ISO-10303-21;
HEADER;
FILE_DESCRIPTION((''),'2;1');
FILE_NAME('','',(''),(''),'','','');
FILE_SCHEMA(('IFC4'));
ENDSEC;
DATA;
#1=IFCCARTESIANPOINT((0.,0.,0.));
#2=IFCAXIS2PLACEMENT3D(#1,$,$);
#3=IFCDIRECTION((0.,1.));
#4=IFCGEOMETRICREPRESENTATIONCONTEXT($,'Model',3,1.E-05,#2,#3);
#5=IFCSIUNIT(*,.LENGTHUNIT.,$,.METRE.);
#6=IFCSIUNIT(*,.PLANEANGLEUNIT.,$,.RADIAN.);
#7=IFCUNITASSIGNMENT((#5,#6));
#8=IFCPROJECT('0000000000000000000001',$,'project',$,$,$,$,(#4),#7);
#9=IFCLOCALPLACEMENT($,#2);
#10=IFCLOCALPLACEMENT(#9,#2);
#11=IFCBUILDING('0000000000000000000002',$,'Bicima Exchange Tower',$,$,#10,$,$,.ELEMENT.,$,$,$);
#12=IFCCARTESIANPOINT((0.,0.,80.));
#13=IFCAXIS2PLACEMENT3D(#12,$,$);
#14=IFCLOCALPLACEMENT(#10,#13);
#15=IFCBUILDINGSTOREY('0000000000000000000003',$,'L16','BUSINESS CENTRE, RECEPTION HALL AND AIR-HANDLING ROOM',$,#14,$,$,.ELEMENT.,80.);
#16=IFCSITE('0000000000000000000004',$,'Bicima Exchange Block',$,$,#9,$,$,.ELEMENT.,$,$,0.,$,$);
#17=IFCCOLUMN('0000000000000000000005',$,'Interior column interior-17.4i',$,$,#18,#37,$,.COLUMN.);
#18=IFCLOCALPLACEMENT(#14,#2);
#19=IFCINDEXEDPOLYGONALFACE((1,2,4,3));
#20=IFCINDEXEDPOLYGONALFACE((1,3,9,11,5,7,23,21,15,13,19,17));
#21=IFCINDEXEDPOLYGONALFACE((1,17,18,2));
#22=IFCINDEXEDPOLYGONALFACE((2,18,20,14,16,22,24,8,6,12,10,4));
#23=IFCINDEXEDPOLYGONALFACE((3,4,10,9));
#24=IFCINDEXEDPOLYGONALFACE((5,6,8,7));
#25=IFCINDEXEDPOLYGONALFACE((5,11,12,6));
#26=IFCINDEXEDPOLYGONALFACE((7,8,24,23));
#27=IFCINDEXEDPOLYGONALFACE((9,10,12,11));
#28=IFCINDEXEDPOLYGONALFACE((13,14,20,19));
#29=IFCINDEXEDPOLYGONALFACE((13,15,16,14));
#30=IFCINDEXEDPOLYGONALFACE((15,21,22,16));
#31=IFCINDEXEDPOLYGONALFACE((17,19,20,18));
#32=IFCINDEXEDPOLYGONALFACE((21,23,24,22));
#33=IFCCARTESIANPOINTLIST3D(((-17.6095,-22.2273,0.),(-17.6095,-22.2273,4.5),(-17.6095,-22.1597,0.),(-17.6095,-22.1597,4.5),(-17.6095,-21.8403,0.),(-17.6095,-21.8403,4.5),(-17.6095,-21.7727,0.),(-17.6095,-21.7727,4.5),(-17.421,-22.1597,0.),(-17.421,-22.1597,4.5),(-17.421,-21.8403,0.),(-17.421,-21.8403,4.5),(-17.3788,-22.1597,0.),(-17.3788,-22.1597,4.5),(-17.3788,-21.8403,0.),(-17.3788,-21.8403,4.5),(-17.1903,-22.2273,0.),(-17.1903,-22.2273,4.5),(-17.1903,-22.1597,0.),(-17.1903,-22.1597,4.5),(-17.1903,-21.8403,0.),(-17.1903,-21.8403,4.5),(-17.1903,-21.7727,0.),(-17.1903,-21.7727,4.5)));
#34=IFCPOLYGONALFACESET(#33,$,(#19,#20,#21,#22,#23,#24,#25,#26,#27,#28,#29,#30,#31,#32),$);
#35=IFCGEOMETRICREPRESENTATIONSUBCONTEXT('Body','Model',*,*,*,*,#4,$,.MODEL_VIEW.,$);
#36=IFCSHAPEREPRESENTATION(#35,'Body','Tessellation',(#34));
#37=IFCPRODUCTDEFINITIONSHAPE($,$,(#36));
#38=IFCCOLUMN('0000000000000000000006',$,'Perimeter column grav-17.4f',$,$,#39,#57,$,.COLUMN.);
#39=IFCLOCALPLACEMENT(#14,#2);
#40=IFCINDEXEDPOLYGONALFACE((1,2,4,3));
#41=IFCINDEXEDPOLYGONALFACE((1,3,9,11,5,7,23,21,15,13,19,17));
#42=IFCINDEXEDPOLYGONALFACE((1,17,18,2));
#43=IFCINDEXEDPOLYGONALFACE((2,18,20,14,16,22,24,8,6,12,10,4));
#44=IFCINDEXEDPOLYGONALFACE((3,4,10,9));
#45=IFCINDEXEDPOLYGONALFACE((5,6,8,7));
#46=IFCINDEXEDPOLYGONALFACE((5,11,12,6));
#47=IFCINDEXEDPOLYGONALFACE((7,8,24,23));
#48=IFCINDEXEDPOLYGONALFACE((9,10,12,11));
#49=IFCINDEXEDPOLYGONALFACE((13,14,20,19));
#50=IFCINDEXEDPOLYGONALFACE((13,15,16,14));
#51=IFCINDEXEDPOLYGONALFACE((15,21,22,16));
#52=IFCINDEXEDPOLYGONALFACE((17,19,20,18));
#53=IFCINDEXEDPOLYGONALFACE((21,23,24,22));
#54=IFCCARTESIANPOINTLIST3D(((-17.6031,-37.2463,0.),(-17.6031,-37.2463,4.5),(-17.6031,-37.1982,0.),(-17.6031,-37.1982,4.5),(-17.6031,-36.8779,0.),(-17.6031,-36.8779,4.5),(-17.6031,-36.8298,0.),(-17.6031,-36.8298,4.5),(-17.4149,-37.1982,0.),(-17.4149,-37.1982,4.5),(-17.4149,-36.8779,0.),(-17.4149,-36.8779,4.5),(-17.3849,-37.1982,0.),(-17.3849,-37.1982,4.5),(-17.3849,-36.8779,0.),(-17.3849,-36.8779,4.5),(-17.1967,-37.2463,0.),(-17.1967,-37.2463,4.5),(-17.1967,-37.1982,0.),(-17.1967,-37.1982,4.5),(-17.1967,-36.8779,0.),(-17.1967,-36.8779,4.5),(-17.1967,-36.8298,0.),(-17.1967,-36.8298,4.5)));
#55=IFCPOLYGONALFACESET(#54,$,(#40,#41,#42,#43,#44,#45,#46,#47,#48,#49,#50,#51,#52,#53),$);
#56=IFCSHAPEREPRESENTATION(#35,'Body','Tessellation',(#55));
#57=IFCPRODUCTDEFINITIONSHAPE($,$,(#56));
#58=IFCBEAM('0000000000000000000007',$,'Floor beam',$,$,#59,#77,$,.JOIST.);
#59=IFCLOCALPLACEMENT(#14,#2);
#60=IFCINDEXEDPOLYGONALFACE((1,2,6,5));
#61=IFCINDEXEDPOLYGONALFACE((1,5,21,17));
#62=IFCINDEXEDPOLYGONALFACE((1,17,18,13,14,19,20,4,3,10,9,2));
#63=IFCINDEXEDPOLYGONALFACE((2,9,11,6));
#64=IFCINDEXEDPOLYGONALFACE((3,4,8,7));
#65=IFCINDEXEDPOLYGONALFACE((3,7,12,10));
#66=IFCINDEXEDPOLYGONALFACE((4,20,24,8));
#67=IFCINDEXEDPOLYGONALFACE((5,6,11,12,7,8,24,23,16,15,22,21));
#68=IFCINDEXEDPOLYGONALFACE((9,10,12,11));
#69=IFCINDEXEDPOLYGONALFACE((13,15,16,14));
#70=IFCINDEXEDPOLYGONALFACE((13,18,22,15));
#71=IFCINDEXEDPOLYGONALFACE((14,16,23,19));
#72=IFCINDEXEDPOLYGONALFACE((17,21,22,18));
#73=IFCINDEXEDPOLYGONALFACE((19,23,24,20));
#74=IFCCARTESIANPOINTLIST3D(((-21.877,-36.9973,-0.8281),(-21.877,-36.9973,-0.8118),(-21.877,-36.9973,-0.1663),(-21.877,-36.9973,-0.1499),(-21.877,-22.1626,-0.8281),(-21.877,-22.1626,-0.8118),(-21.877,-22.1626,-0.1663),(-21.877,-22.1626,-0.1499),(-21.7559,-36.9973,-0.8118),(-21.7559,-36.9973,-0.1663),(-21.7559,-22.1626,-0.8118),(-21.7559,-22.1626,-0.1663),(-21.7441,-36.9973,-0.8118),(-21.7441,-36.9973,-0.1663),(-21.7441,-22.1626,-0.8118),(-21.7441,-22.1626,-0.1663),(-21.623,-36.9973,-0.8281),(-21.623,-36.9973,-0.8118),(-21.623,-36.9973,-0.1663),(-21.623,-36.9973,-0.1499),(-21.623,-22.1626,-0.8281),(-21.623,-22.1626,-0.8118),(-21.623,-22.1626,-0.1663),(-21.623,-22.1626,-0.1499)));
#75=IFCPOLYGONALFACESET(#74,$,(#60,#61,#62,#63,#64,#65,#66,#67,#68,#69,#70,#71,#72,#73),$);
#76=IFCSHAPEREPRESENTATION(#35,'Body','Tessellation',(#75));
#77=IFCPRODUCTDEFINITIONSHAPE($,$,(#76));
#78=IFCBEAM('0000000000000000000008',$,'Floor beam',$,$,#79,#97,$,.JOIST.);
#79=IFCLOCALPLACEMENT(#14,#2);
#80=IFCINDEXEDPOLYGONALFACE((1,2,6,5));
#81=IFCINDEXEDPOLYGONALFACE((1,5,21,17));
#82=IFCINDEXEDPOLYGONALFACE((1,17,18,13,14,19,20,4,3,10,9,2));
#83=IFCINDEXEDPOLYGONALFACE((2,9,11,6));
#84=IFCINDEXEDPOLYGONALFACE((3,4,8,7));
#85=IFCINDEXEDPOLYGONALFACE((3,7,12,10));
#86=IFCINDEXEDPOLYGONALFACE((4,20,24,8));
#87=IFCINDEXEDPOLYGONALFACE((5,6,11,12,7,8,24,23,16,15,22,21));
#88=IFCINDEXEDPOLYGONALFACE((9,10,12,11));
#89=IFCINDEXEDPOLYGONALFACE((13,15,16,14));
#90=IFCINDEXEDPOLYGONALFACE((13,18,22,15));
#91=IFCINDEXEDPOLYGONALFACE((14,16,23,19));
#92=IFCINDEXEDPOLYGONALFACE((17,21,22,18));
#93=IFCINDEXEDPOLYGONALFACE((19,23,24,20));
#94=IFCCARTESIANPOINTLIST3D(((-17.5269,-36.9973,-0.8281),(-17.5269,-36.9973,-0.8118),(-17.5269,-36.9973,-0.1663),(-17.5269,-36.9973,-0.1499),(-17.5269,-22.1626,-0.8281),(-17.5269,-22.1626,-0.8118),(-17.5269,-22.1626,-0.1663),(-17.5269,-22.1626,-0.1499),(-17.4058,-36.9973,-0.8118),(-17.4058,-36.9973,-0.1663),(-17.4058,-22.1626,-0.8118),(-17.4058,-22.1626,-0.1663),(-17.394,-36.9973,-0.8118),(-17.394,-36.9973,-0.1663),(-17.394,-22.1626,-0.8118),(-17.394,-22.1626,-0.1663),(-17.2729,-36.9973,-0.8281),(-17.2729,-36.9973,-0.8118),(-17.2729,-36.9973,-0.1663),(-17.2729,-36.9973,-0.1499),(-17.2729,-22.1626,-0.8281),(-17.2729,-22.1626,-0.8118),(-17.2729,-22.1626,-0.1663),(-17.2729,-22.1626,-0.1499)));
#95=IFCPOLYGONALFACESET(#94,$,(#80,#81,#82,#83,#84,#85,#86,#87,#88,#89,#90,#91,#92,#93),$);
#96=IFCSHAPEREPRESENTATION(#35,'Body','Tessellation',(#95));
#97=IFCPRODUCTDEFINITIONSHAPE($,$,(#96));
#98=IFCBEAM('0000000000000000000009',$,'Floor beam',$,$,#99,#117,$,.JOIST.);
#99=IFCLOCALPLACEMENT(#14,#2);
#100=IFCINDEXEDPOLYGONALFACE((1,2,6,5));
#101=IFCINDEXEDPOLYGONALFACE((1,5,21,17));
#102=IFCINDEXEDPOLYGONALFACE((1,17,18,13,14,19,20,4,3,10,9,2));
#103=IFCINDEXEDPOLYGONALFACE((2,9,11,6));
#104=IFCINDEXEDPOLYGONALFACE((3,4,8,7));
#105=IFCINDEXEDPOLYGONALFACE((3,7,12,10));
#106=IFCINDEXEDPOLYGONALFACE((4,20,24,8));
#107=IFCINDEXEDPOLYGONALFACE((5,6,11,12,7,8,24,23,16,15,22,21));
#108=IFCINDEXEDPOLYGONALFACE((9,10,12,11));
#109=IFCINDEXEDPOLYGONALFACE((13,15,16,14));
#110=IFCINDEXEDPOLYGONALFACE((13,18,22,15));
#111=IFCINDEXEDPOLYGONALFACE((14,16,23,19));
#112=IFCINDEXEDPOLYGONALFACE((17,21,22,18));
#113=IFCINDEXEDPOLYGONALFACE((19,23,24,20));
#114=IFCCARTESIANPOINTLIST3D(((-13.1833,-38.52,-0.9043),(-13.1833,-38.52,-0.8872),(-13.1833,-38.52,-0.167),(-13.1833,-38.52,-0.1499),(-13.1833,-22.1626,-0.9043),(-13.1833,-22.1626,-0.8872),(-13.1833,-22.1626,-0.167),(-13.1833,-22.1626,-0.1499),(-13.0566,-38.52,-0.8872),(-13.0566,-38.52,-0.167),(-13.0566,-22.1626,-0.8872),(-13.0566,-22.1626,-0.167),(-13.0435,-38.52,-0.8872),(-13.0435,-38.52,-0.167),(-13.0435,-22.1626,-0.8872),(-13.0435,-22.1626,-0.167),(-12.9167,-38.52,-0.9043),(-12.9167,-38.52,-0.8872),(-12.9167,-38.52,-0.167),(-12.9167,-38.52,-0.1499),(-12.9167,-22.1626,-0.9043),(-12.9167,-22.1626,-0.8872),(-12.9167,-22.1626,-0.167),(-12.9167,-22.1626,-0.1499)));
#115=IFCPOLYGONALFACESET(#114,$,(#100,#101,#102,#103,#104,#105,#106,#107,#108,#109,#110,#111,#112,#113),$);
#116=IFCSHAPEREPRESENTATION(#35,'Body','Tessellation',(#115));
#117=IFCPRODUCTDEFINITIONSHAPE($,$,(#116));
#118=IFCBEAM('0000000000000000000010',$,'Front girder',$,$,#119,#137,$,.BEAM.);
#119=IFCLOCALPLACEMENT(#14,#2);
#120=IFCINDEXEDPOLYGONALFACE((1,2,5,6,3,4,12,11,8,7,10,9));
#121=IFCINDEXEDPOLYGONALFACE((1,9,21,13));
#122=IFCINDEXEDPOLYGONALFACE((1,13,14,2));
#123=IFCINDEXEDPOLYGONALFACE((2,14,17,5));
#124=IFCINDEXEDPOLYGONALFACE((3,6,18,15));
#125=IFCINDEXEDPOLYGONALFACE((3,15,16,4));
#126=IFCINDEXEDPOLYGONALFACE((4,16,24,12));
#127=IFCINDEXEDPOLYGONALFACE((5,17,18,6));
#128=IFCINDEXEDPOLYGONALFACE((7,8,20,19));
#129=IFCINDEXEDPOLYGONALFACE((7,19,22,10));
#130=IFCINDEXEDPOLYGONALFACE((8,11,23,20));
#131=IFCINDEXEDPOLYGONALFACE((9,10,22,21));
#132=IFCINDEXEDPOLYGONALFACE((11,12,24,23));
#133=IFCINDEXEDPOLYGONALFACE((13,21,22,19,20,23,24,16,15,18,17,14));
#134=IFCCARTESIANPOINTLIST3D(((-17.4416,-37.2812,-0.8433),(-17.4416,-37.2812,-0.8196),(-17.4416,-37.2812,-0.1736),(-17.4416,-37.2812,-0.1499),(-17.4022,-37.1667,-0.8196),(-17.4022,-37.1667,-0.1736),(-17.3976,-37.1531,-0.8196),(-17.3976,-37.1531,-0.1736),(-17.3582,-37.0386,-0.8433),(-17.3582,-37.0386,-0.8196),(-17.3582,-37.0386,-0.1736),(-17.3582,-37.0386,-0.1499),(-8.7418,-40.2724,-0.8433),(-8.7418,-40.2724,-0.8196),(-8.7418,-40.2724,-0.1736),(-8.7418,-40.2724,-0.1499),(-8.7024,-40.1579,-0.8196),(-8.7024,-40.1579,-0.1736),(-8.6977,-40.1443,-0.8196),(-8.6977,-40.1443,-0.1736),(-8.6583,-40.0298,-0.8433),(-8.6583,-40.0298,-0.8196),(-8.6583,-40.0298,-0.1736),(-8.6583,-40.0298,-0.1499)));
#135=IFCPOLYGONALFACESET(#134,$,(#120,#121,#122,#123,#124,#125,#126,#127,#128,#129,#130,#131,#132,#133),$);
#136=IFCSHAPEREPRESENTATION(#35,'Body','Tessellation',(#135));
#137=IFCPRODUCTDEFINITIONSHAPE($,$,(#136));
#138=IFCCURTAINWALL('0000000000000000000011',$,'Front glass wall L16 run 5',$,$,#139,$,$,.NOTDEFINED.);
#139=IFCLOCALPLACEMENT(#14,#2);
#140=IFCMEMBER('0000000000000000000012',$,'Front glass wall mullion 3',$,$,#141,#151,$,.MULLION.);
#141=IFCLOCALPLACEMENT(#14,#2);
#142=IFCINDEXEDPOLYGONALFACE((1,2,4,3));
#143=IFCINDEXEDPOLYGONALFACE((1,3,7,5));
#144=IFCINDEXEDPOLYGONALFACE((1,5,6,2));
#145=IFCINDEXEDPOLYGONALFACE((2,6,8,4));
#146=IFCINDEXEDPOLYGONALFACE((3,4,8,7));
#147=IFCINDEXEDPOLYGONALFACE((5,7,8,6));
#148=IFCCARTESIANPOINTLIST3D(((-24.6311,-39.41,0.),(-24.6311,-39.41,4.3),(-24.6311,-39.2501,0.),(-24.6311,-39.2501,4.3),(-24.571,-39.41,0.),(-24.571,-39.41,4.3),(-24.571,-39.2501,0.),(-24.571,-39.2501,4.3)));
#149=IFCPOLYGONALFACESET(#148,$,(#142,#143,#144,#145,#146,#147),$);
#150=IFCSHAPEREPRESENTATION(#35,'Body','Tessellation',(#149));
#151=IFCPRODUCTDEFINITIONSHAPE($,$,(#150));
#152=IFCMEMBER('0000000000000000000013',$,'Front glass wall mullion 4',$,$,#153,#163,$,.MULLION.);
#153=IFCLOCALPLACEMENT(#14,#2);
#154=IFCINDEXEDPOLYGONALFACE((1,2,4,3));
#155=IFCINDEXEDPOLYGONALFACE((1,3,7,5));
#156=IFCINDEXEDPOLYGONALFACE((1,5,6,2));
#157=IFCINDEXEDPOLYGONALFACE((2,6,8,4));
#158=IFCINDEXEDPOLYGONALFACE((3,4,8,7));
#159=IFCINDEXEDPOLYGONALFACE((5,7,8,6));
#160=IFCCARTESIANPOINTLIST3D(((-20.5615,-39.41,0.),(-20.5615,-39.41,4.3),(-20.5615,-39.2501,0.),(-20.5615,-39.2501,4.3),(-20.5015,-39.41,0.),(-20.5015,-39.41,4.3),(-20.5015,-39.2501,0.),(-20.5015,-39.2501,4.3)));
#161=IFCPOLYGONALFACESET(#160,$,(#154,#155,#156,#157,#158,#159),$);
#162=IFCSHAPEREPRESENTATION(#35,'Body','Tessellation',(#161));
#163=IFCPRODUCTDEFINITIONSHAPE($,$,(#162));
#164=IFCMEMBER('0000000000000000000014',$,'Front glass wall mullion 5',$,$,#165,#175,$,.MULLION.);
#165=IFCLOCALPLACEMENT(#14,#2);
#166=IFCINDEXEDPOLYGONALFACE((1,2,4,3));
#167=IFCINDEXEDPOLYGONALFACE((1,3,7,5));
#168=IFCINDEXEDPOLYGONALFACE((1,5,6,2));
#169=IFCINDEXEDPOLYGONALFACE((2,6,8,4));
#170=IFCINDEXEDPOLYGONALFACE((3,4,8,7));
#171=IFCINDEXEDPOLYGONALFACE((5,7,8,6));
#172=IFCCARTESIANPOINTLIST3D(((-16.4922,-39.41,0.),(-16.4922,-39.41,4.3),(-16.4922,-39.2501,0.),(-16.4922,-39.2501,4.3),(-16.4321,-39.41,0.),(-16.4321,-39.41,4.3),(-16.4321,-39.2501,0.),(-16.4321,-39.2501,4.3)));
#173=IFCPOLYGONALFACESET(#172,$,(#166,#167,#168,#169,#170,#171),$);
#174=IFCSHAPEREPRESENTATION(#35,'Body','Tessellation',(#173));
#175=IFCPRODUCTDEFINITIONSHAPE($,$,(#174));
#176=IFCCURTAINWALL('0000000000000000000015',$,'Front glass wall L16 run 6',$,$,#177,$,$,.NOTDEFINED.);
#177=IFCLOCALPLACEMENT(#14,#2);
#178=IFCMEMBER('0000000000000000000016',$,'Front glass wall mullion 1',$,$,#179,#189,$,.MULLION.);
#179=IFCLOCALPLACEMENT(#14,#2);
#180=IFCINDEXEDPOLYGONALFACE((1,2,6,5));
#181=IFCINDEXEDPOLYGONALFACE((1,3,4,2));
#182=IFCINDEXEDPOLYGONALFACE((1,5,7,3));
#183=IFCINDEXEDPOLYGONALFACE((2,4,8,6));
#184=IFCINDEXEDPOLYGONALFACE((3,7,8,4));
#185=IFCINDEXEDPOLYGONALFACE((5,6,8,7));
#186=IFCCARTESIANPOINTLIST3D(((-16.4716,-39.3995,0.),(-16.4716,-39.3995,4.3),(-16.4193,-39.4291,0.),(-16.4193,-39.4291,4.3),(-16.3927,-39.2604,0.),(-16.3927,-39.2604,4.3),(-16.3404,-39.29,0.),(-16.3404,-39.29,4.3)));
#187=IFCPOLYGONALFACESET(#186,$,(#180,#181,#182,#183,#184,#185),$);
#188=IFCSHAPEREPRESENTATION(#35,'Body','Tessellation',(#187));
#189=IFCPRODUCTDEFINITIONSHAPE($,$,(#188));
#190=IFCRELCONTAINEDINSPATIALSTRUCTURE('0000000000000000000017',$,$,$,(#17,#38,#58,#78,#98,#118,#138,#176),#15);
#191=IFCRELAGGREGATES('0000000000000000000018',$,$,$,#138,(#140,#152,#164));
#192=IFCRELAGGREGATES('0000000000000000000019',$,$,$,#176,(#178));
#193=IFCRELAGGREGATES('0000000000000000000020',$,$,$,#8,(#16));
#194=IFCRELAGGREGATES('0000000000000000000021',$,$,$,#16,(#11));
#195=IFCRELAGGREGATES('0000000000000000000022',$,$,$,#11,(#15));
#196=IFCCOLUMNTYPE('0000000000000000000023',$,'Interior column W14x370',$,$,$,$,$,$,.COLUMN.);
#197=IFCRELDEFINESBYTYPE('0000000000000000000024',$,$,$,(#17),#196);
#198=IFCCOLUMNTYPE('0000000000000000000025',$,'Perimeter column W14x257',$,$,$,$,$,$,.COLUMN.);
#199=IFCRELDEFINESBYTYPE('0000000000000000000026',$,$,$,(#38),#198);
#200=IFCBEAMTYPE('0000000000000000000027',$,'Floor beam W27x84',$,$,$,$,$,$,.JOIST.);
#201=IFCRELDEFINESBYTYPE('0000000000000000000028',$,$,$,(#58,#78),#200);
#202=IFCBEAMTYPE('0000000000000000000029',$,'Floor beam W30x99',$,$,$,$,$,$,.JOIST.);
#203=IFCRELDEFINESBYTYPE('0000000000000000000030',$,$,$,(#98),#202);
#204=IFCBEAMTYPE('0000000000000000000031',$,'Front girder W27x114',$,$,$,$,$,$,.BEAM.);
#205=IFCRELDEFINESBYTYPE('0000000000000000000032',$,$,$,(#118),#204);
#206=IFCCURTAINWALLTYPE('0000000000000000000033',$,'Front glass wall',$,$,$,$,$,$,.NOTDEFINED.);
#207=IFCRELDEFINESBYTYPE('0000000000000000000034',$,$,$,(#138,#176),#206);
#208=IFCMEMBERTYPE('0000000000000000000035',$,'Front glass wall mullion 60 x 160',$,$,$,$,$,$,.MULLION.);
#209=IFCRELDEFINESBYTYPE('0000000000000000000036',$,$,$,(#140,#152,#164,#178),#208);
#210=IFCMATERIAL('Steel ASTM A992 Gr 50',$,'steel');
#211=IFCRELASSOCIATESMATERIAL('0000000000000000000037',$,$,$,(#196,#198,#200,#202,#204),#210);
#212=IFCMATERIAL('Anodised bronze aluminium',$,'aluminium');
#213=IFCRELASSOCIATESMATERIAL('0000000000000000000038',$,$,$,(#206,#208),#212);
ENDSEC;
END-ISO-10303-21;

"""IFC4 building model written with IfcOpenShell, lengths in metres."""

from ifc_helpers import new_model, si_unit, direction, frame, origin, origin_2d, place, context, subcontext, project, spatial, rectangle, i_section, extrude, material, material_profile, profile_set, type_object, element, aggregate, save


model = new_model("IFC4")

# Units and contexts
model_context = context("Model", 3, precision=1e-05, world=origin(), true_north=direction((0.0, 1.0)))
body_context = subcontext(model_context, "Body", "Model", "MODEL_VIEW")
ifc_project = project(units=[si_unit("LENGTHUNIT", "METRE"), si_unit("PLANEANGLEUNIT", "RADIAN")], contexts=[model_context])

# Site, building, storey
site_placement = place(None, origin())
site = spatial("IfcSite", under=ifc_project, at=site_placement, Name="Bicima Exchange Block", CompositionType="ELEMENT", RefElevation=0.0)
building_placement = place(site_placement, origin())
building = spatial("IfcBuilding", under=site, at=building_placement, Name="Bicima Exchange Tower", CompositionType="ELEMENT")
storey_placement = place(building_placement, frame((0.0, 0.0, 80.0)))
storey = spatial("IfcBuildingStorey", under=building, at=storey_placement, Name="L16", Description="BUSINESS CENTRE, RECEPTION HALL AND AIR-HANDLING ROOM", CompositionType="ELEMENT", Elevation=80.0)

# Columns
ifc_material_1 = material(Name="Steel ASTM A992 Gr 50", Category="steel")
ifc_material_profile_1 = material_profile(ifc_material_1, i_section(OverallWidth=0.4192, OverallDepth=0.4546, WebThickness=0.0422, FlangeThickness=0.0676, at=origin_2d()))
ifc_profile_set_1 = profile_set([ifc_material_profile_1], Name="Steel ASTM A992 Gr 50")
column_type_1 = type_object("IfcColumnType", Name="Interior column W14x370", PredefinedType="COLUMN", material=ifc_profile_set_1)
column_1_placement = place(storey_placement, frame((-17.3999, -22.0, 0.0), z_axis=(0.0, 0.0, 1.0), x_axis=(1.0, 0.0, 0.0)))
element("IfcColumn", 1, at=column_1_placement, inside=storey, type_object=column_type_1, Name="Interior column interior-17.4i", PredefinedType="COLUMN", context=body_context, shape_type="SweptSolid", body=[
    extrude(i_section(OverallWidth=0.4192, OverallDepth=0.4546, WebThickness=0.0422, FlangeThickness=0.0676, at=origin_2d()), origin(), (0.0, 0.0, 1.0), 4.5),
])
ifc_material_profile_2 = material_profile(ifc_material_1, i_section(OverallWidth=0.4065, OverallDepth=0.4165, WebThickness=0.03, FlangeThickness=0.0481, at=origin_2d()))
ifc_profile_set_2 = profile_set([ifc_material_profile_2], Name="Steel ASTM A992 Gr 50")
column_type_2 = type_object("IfcColumnType", Name="Perimeter column W14x257", PredefinedType="COLUMN", material=ifc_profile_set_2)
column_2_placement = place(storey_placement, frame((-17.3999, -37.0381, 0.0), z_axis=(0.0, 0.0, 1.0), x_axis=(1.0, 0.0, 0.0)))
element("IfcColumn", 2, at=column_2_placement, inside=storey, type_object=column_type_2, Name="Perimeter column grav-17.4f", PredefinedType="COLUMN", context=body_context, shape_type="SweptSolid", body=[
    extrude(i_section(OverallWidth=0.4065, OverallDepth=0.4165, WebThickness=0.03, FlangeThickness=0.0481, at=origin_2d()), origin(), (0.0, 0.0, 1.0), 4.5),
])

# Beams
ifc_material_profile_3 = material_profile(ifc_material_1, i_section(OverallWidth=0.2539, OverallDepth=0.6782, WebThickness=0.0117, FlangeThickness=0.0164, at=origin_2d()))
ifc_profile_set_3 = profile_set([ifc_material_profile_3], Name="Steel ASTM A992 Gr 50")
beam_type_1 = type_object("IfcBeamType", Name="Floor beam W27x84", PredefinedType="JOIST", material=ifc_profile_set_3)
for number, where, z_axis, x_axis, name in (
    (3, (-21.75, -22.1626, -0.489), (0.0, -1.0, 0.0), (1.0, 0.0, 0.0), "Floor beam"),
    (4, (-17.3999, -22.1626, -0.489), (0.0, -1.0, 0.0), (1.0, 0.0, 0.0), "Floor beam"),
):
    element("IfcBeam", number, at=place(storey_placement, frame(where, z_axis=z_axis, x_axis=x_axis)), inside=storey, type_object=beam_type_1, Name=name, PredefinedType="JOIST", context=body_context, shape_type="SweptSolid", body=[
        extrude(i_section(OverallWidth=0.2539, OverallDepth=0.6782, WebThickness=0.0117, FlangeThickness=0.0164, at=origin_2d()), origin(), (0.0, 0.0, 1.0), 14.8347),
    ])
ifc_material_profile_4 = material_profile(ifc_material_1, i_section(OverallWidth=0.2666, OverallDepth=0.7544, WebThickness=0.0132, FlangeThickness=0.0171, at=origin_2d()))
ifc_profile_set_4 = profile_set([ifc_material_profile_4], Name="Steel ASTM A992 Gr 50")
beam_type_2 = type_object("IfcBeamType", Name="Floor beam W30x99", PredefinedType="JOIST", material=ifc_profile_set_4)
beam_1_placement = place(storey_placement, frame((-13.05, -22.1626, -0.5271), z_axis=(0.0, -1.0, 0.0), x_axis=(1.0, 0.0, 0.0)))
element("IfcBeam", 5, at=beam_1_placement, inside=storey, type_object=beam_type_2, Name="Floor beam", PredefinedType="JOIST", context=body_context, shape_type="SweptSolid", body=[
    extrude(i_section(OverallWidth=0.2666, OverallDepth=0.7544, WebThickness=0.0132, FlangeThickness=0.0171, at=origin_2d()), origin(), (0.0, 0.0, 1.0), 16.3574),
])
ifc_material_profile_5 = material_profile(ifc_material_1, i_section(OverallWidth=0.2566, OverallDepth=0.6934, WebThickness=0.0144, FlangeThickness=0.0237, at=origin_2d()))
ifc_profile_set_5 = profile_set([ifc_material_profile_5], Name="Steel ASTM A992 Gr 50")
beam_type_3 = type_object("IfcBeamType", Name="Front girder W27x114", PredefinedType="BEAM", material=ifc_profile_set_5)
beam_2_placement = place(storey_placement, frame((-17.3999, -37.1599, -0.4966), z_axis=(0.945666, -0.325138, 0.0), x_axis=(0.325138, 0.945666, 0.0)))
element("IfcBeam", 6, at=beam_2_placement, inside=storey, type_object=beam_type_3, Name="Front girder", PredefinedType="BEAM", context=body_context, shape_type="SweptSolid", body=[
    extrude(i_section(OverallWidth=0.2566, OverallDepth=0.6934, WebThickness=0.0144, FlangeThickness=0.0237, at=origin_2d()), origin(), (0.0, 0.0, 1.0), 9.1997),
])

# Curtain walls, members
ifc_material_2 = material(Name="Anodised bronze aluminium", Category="aluminium")
curtain_wall_type = type_object("IfcCurtainWallType", Name="Front glass wall", PredefinedType="NOTDEFINED", material=ifc_material_2)
curtain_wall_1_placement = place(storey_placement, origin())
curtain_wall_1 = element("IfcCurtainWall", 7, at=curtain_wall_1_placement, inside=storey, type_object=curtain_wall_type, Name="Front glass wall L16 run 5", PredefinedType="NOTDEFINED")
ifc_material_profile_6 = material_profile(ifc_material_2, rectangle(XDim=0.1599, YDim=0.0601, at=origin_2d()))
ifc_profile_set_6 = profile_set([ifc_material_profile_6], Name="Anodised bronze aluminium")
member_type_1 = type_object("IfcMemberType", Name="Front glass wall mullion 60 x 160", PredefinedType="MULLION", material=ifc_profile_set_6)
member_1_placement = place(storey_placement, frame((-24.6011, -39.3301, 0.0), z_axis=(0.0, 0.0, 1.0), x_axis=(0.0, 1.0, 0.0)))
member_1 = element("IfcMember", 8, at=member_1_placement, type_object=member_type_1, Name="Front glass wall mullion 3", PredefinedType="MULLION", context=body_context, shape_type="SweptSolid", body=[
    extrude(rectangle(XDim=0.1599, YDim=0.0601, at=origin_2d()), origin(), (0.0, 0.0, 1.0), 4.3),
])
member_2_placement = place(storey_placement, frame((-20.5315, -39.3301, 0.0), z_axis=(0.0, 0.0, 1.0), x_axis=(0.0, 1.0, 0.0)))
member_2 = element("IfcMember", 9, at=member_2_placement, type_object=member_type_1, Name="Front glass wall mullion 4", PredefinedType="MULLION", context=body_context, shape_type="SweptSolid", body=[
    extrude(rectangle(XDim=0.1599, YDim=0.0601, at=origin_2d()), origin(), (0.0, 0.0, 1.0), 4.3),
])
member_3_placement = place(storey_placement, frame((-16.4622, -39.3301, 0.0), z_axis=(0.0, 0.0, 1.0), x_axis=(0.0, 1.0, 0.0)))
member_3 = element("IfcMember", 10, at=member_3_placement, type_object=member_type_1, Name="Front glass wall mullion 5", PredefinedType="MULLION", context=body_context, shape_type="SweptSolid", body=[
    extrude(rectangle(XDim=0.1599, YDim=0.0601, at=origin_2d()), origin(), (0.0, 0.0, 1.0), 4.3),
])
curtain_wall_2_placement = place(storey_placement, origin())
curtain_wall_2 = element("IfcCurtainWall", 11, at=curtain_wall_2_placement, inside=storey, type_object=curtain_wall_type, Name="Front glass wall L16 run 6", PredefinedType="NOTDEFINED")
member_4_placement = place(storey_placement, frame((-16.406, -39.3447, 0.0), z_axis=(0.0, 0.0, 1.0), x_axis=(0.493395, 0.869805, 0.0)))
member_4 = element("IfcMember", 12, at=member_4_placement, type_object=member_type_1, Name="Front glass wall mullion 1", PredefinedType="MULLION", context=body_context, shape_type="SweptSolid", body=[
    extrude(rectangle(XDim=0.1599, YDim=0.0601, at=origin_2d()), origin(), (0.0, 0.0, 1.0), 4.3),
])

aggregate(curtain_wall_1, [member_1, member_2, member_3])
aggregate(curtain_wall_2, [member_4])

save(model, "model.ifc")
